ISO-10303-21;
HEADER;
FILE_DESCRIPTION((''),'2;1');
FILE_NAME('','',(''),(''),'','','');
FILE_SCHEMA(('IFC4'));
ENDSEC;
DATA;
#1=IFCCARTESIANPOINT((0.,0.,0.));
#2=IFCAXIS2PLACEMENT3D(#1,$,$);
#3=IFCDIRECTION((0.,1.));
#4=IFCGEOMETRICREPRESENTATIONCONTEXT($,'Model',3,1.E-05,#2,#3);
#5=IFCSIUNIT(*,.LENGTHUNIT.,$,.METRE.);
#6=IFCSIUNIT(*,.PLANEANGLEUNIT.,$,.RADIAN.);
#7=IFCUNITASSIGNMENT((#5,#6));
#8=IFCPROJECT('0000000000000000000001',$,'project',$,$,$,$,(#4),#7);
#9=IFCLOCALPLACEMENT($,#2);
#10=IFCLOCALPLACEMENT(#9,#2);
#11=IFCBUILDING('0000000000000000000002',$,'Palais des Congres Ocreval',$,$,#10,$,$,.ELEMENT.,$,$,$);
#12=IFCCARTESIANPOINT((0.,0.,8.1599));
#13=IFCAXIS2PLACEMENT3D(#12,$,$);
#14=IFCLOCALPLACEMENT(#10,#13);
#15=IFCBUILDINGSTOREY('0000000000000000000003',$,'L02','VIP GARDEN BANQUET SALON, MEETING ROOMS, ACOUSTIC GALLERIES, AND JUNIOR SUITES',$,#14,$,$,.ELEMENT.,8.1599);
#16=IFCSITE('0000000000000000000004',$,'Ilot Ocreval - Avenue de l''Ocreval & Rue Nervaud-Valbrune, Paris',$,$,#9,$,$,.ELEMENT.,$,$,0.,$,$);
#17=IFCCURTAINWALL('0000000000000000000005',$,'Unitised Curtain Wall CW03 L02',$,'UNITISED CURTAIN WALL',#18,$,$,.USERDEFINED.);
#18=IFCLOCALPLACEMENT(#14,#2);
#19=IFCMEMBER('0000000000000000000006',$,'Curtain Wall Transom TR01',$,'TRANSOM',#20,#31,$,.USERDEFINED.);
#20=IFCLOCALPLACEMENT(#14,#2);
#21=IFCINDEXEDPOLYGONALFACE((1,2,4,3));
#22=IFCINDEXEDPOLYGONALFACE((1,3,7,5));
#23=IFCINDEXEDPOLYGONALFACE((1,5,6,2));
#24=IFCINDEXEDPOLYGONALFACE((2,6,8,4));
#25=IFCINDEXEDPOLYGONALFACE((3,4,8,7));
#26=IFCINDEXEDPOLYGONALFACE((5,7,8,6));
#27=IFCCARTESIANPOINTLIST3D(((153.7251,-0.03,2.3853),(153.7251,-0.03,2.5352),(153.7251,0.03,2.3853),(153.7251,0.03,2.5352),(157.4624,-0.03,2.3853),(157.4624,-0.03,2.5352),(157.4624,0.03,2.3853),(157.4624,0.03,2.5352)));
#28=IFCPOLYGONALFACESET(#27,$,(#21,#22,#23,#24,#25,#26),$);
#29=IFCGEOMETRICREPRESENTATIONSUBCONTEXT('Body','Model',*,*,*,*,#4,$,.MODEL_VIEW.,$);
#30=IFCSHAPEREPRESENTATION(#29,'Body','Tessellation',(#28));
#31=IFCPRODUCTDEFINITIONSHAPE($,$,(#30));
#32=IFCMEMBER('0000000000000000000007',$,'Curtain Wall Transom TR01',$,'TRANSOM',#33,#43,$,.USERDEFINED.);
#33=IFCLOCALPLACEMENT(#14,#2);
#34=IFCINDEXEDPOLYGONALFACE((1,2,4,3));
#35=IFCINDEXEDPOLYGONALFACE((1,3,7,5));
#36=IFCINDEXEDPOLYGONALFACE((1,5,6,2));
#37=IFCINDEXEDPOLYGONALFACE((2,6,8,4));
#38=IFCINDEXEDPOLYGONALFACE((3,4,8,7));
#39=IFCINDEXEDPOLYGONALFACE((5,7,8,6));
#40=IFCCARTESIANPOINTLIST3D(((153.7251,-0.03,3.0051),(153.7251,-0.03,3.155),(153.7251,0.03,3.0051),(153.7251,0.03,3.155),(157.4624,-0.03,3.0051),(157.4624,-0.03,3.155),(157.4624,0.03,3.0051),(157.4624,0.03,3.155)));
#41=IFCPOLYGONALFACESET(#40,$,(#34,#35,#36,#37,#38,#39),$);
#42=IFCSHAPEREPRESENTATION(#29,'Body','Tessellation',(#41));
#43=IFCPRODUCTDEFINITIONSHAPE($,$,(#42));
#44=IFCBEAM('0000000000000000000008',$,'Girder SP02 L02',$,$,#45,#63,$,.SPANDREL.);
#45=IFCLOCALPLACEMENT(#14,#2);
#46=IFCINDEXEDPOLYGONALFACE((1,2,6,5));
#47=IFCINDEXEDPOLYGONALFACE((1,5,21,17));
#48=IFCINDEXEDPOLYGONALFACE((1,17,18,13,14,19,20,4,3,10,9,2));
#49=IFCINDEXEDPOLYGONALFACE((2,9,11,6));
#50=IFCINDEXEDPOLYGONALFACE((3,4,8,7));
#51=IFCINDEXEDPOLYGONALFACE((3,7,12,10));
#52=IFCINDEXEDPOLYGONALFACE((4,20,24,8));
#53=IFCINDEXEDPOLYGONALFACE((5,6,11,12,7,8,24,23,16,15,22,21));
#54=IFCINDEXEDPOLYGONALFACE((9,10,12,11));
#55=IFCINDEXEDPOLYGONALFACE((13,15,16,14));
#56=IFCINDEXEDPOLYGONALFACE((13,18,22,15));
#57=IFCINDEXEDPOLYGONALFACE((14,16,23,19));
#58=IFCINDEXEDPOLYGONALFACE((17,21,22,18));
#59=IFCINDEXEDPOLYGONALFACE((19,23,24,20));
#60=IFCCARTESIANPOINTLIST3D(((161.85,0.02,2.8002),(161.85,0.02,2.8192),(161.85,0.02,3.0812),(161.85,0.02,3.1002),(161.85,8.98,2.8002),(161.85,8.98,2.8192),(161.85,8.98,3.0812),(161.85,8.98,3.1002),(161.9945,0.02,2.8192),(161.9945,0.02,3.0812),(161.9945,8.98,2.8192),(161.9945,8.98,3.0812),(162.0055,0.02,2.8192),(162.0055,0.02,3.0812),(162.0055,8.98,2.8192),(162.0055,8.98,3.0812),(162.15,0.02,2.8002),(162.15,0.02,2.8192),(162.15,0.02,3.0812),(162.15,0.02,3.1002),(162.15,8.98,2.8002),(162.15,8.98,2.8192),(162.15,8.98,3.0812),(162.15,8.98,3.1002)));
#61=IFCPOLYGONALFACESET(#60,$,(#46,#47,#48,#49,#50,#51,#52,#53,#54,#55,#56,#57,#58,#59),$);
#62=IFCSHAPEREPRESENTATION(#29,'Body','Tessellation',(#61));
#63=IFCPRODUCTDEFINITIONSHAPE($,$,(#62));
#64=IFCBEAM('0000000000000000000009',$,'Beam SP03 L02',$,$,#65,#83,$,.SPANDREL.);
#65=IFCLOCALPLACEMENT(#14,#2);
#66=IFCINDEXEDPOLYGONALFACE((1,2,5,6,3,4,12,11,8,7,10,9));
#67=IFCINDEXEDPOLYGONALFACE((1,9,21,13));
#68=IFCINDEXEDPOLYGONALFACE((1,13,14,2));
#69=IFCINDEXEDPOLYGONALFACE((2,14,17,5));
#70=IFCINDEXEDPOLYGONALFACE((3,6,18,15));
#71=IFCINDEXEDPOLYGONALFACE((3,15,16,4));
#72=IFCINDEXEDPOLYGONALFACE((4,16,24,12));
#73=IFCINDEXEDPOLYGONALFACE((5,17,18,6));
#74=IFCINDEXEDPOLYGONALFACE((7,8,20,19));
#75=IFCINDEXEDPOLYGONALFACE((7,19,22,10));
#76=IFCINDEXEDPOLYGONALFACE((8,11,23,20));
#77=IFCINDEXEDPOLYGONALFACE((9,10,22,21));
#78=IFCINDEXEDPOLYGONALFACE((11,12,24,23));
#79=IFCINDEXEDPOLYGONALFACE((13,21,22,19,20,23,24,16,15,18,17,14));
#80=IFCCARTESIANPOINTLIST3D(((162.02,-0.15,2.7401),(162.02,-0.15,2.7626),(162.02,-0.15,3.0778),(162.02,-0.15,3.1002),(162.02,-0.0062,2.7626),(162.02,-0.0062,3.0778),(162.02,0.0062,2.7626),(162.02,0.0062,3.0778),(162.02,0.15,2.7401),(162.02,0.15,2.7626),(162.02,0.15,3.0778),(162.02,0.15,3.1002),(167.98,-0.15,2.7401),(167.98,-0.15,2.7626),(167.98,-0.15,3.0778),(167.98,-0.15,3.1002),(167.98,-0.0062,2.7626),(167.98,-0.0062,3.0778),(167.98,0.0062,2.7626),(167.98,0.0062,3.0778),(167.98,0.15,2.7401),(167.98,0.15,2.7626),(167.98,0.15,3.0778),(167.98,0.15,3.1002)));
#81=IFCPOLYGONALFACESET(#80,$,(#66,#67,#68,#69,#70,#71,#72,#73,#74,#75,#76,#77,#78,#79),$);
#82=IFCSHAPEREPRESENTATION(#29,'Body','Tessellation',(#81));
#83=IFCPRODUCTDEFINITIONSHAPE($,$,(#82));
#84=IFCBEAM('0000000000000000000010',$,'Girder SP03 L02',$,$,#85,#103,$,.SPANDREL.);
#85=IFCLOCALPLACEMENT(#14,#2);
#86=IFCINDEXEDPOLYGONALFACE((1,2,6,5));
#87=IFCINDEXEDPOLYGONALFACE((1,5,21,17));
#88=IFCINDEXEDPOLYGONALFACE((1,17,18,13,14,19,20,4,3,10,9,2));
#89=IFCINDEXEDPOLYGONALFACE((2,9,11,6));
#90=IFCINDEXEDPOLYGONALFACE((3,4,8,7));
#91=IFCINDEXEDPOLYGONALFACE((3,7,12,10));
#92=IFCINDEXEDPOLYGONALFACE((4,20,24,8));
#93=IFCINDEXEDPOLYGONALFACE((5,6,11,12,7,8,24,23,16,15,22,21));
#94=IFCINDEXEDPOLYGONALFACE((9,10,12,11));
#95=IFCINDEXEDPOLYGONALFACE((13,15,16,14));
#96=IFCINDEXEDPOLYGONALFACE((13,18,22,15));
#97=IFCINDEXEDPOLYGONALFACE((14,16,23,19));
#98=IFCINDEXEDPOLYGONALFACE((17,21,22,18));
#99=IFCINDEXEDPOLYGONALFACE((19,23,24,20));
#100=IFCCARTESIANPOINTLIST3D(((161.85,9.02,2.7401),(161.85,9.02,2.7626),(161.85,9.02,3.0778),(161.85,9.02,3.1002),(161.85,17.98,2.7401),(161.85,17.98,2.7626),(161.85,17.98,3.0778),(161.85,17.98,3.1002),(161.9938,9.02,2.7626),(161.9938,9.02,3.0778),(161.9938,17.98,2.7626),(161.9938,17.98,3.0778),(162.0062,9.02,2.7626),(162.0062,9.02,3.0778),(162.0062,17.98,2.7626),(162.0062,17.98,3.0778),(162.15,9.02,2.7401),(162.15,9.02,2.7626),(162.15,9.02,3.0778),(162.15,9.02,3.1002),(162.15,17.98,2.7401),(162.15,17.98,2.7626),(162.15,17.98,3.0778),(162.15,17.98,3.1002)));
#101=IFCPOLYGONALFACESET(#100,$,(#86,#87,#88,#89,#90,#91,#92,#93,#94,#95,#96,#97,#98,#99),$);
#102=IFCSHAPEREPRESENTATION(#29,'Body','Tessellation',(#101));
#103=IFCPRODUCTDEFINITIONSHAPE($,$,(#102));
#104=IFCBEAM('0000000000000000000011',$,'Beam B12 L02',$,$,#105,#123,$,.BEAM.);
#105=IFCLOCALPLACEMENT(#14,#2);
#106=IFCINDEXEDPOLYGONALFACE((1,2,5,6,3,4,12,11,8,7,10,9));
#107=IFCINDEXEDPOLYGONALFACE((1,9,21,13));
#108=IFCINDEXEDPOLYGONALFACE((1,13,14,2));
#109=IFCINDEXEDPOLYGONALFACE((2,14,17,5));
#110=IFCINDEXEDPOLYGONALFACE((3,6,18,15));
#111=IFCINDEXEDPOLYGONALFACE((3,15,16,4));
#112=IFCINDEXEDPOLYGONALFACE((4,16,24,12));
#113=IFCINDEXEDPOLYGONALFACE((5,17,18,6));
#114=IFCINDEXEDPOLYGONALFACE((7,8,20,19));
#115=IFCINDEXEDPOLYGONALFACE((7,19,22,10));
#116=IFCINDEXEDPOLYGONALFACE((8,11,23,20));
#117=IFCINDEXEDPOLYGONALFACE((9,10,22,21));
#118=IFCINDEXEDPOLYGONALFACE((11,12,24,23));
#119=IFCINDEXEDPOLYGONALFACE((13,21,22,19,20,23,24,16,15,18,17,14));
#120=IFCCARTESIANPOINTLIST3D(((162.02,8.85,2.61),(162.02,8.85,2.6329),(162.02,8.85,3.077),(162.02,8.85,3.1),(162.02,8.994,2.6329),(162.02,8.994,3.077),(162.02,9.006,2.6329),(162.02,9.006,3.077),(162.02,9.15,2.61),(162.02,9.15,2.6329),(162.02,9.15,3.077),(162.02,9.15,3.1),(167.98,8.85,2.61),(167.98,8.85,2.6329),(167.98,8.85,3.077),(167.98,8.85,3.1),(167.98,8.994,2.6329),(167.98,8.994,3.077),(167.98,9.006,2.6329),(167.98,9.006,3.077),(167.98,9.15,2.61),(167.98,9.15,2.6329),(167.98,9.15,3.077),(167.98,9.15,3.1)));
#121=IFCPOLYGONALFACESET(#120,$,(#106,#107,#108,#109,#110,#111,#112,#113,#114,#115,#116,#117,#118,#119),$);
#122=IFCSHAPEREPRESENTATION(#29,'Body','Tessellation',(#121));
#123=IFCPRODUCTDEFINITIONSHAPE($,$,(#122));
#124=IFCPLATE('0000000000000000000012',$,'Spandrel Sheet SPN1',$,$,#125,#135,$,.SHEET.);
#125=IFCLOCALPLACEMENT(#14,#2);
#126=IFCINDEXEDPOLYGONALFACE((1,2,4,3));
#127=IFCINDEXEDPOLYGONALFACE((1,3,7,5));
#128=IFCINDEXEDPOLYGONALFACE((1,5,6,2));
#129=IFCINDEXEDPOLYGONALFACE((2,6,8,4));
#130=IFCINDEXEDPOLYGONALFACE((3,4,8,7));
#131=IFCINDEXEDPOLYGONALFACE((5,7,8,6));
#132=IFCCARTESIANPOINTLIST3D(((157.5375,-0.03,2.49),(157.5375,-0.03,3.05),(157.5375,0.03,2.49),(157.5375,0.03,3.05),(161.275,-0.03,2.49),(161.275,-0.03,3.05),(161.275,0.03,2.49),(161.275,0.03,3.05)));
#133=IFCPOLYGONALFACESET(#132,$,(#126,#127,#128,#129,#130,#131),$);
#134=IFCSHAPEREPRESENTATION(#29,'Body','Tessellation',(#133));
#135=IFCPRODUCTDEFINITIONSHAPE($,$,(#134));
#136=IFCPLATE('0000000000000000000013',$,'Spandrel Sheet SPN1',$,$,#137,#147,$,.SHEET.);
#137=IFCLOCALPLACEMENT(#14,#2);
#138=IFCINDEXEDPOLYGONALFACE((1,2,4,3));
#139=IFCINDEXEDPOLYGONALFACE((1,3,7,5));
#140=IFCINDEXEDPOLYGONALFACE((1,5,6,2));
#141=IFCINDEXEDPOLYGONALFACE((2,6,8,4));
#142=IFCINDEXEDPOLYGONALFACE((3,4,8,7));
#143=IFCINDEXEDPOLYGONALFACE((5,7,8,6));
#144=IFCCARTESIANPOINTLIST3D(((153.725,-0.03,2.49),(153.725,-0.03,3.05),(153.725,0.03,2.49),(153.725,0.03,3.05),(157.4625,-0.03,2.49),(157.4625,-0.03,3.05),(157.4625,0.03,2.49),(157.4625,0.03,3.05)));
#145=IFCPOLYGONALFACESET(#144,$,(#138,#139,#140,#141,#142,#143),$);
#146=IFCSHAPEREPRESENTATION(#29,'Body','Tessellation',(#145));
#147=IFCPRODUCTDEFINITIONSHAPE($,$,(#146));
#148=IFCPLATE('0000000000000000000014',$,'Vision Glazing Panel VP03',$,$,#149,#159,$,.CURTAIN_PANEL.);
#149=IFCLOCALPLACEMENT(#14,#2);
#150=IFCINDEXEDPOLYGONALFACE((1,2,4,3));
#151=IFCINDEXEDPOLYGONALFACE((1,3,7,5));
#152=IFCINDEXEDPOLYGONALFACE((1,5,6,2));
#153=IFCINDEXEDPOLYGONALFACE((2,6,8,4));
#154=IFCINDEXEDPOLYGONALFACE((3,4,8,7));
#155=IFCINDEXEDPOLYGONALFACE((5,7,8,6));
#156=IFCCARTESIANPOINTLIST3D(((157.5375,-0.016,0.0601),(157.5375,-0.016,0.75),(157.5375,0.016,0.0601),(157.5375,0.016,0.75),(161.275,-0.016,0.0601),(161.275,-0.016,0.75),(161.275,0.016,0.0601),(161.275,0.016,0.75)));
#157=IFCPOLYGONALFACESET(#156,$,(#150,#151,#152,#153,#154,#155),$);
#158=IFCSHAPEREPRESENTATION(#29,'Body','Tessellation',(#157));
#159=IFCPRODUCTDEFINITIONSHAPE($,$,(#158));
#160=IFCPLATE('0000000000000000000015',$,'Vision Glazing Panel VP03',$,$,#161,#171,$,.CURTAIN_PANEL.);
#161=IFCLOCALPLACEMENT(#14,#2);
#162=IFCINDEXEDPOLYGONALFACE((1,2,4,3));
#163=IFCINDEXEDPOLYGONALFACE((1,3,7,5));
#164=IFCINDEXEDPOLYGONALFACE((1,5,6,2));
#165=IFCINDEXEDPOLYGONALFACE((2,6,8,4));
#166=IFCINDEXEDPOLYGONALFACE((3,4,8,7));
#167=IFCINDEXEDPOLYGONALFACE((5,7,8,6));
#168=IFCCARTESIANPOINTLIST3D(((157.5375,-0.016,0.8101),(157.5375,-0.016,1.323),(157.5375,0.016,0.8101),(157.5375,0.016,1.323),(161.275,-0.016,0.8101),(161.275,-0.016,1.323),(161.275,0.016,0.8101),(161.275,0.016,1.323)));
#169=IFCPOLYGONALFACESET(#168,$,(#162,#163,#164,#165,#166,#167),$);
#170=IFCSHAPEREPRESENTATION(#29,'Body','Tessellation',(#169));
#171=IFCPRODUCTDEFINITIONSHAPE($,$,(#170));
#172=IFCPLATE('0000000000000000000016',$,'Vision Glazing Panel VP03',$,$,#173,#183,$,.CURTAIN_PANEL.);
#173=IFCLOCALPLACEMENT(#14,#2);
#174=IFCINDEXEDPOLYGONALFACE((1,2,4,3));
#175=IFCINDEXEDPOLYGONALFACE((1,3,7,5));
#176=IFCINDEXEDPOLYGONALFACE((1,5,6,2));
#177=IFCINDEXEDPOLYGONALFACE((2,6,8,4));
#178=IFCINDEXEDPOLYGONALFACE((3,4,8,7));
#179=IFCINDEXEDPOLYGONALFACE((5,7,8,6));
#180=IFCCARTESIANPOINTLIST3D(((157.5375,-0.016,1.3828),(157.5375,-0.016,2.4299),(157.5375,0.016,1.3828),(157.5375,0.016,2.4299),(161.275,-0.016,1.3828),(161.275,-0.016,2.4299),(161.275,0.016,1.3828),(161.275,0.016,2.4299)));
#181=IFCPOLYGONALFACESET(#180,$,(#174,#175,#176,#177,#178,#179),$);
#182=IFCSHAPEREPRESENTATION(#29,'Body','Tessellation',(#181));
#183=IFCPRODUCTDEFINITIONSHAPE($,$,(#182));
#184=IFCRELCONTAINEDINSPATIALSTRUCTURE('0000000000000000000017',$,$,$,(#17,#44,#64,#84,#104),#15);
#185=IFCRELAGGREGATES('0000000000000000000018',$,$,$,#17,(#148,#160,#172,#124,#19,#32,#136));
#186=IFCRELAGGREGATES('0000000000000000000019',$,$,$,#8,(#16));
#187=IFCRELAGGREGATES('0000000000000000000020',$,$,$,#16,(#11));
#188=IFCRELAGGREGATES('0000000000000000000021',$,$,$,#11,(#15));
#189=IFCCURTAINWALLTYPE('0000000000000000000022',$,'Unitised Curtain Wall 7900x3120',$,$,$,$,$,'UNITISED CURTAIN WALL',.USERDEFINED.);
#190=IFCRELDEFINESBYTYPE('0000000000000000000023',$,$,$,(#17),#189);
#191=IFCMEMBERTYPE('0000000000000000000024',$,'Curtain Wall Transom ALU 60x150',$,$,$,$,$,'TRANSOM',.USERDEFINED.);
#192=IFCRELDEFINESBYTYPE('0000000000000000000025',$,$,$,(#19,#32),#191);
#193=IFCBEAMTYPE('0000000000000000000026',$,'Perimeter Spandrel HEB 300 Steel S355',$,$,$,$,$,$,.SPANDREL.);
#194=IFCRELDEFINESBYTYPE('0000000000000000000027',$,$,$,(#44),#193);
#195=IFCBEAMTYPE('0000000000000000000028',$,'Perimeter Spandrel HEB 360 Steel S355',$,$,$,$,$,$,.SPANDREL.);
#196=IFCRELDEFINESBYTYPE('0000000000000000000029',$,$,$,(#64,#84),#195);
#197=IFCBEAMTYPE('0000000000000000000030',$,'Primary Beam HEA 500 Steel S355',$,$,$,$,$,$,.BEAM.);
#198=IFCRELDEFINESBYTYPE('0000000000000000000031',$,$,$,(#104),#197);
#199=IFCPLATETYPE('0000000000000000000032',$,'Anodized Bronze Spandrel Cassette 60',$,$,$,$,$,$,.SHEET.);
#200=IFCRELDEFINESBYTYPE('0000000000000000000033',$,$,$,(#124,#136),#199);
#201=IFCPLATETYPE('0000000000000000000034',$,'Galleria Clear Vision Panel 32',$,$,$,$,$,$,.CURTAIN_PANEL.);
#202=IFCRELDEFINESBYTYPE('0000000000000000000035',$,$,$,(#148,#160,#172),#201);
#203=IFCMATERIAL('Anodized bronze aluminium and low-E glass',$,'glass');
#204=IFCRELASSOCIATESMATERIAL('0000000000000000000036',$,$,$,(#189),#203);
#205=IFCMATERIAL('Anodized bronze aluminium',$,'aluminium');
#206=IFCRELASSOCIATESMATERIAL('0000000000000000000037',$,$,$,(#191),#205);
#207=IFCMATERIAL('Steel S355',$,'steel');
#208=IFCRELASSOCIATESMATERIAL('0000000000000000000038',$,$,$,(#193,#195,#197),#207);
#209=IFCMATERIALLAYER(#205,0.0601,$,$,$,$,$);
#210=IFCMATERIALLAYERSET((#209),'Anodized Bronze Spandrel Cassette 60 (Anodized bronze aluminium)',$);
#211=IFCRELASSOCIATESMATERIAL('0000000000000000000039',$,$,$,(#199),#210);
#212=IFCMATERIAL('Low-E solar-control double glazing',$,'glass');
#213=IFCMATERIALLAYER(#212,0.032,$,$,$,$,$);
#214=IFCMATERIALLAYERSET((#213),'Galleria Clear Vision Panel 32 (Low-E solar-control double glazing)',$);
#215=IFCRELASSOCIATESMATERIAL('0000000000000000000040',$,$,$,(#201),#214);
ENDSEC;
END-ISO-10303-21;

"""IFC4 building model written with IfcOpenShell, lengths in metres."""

from ifc_helpers import new_model, si_unit, direction, frame, origin, origin_2d, place, context, subcontext, project, spatial, rectangle, i_section, extrude, material, layer, layer_set, material_profile, profile_set, type_object, element, aggregate, save


model = new_model("IFC4")

# Units and contexts
model_context = context("Model", 3, precision=1e-05, world=origin(), true_north=direction((0.0, 1.0)))
body_context = subcontext(model_context, "Body", "Model", "MODEL_VIEW")
ifc_project = project(units=[si_unit("LENGTHUNIT", "METRE"), si_unit("PLANEANGLEUNIT", "RADIAN")], contexts=[model_context])

# Site, building, storey
site_placement = place(None, origin())
site = spatial("IfcSite", under=ifc_project, at=site_placement, Name="Ilot Ocreval - Avenue de l'Ocreval & Rue Nervaud-Valbrune, Paris", CompositionType="ELEMENT", RefElevation=0.0)
building_placement = place(site_placement, origin())
building = spatial("IfcBuilding", under=site, at=building_placement, Name="Palais des Congres Ocreval", CompositionType="ELEMENT")
storey_placement = place(building_placement, frame((0.0, 0.0, 8.1599)))
storey = spatial("IfcBuildingStorey", under=building, at=storey_placement, Name="L02", Description="VIP GARDEN BANQUET SALON, MEETING ROOMS, ACOUSTIC GALLERIES, AND JUNIOR SUITES", CompositionType="ELEMENT", Elevation=8.1599)

# Shared definitions
ifc_material_1 = material(Name="Steel S355", Category="steel")

# Curtain wall, members
ifc_material_2 = material(Name="Anodized bronze aluminium and low-E glass", Category="glass")
curtain_wall_type = type_object("IfcCurtainWallType", Name="Unitised Curtain Wall 7900x3120", ElementType="UNITISED CURTAIN WALL", PredefinedType="USERDEFINED", material=ifc_material_2)
curtain_wall_placement = place(storey_placement, origin())
curtain_wall = element("IfcCurtainWall", 1, at=curtain_wall_placement, inside=storey, type_object=curtain_wall_type, Name="Unitised Curtain Wall CW03 L02", ObjectType="UNITISED CURTAIN WALL", PredefinedType="USERDEFINED")
ifc_material_3 = material(Name="Anodized bronze aluminium", Category="aluminium")
ifc_material_profile_1 = material_profile(ifc_material_3, rectangle(XDim=0.0601, YDim=0.1499, at=origin_2d()), Name="ALU 60x150")
ifc_profile_set_1 = profile_set([ifc_material_profile_1], Name="Anodized bronze aluminium")
member_type_1 = type_object("IfcMemberType", Name="Curtain Wall Transom ALU 60x150", ElementType="TRANSOM", PredefinedType="USERDEFINED", material=ifc_profile_set_1)
member_1_placement = place(storey_placement, frame((157.4624, 0.0, 2.4602), z_axis=(-1.0, 0.0, 0.0), x_axis=(0.0, -1.0, 0.0)))
member_1 = element("IfcMember", 2, at=member_1_placement, type_object=member_type_1, Name="Curtain Wall Transom TR01", ObjectType="TRANSOM", PredefinedType="USERDEFINED", context=body_context, shape_type="SweptSolid", body=[
    extrude(rectangle(XDim=0.0601, YDim=0.1499, at=origin_2d()), origin(), (0.0, 0.0, 1.0), 3.7373),
])
member_2_placement = place(storey_placement, frame((157.4624, 0.0, 3.0801), z_axis=(-1.0, 0.0, 0.0), x_axis=(0.0, -1.0, 0.0)))
member_2 = element("IfcMember", 3, at=member_2_placement, type_object=member_type_1, Name="Curtain Wall Transom TR01", ObjectType="TRANSOM", PredefinedType="USERDEFINED", context=body_context, shape_type="SweptSolid", body=[
    extrude(rectangle(XDim=0.0601, YDim=0.1499, at=origin_2d()), origin(), (0.0, 0.0, 1.0), 3.7373),
])

# Beams
ifc_material_profile_2 = material_profile(ifc_material_1, i_section(OverallWidth=0.3, OverallDepth=0.3, WebThickness=0.011, FlangeThickness=0.019, at=origin_2d()), Name="HEB 300")
ifc_profile_set_2 = profile_set([ifc_material_profile_2], Name="Steel S355")
beam_type_1 = type_object("IfcBeamType", Name="Perimeter Spandrel HEB 300 Steel S355", PredefinedType="SPANDREL", material=ifc_profile_set_2)
beam_1_placement = place(storey_placement, frame((162.0, 0.02, 2.9502), z_axis=(0.0, 1.0, 0.0), x_axis=(-1.0, 0.0, 0.0)))
element("IfcBeam", 4, at=beam_1_placement, inside=storey, type_object=beam_type_1, Name="Girder SP02 L02", PredefinedType="SPANDREL", context=body_context, shape_type="SweptSolid", body=[
    extrude(i_section(OverallWidth=0.3, OverallDepth=0.3, WebThickness=0.011, FlangeThickness=0.019, at=origin_2d()), origin(), (0.0, 0.0, 1.0), 8.96),
])
ifc_material_profile_3 = material_profile(ifc_material_1, i_section(OverallWidth=0.3, OverallDepth=0.3601, WebThickness=0.0125, FlangeThickness=0.0225, at=origin_2d()), Name="HEB 360")
ifc_profile_set_3 = profile_set([ifc_material_profile_3], Name="Steel S355")
beam_type_2 = type_object("IfcBeamType", Name="Perimeter Spandrel HEB 360 Steel S355", PredefinedType="SPANDREL", material=ifc_profile_set_3)
beam_2_placement = place(storey_placement, frame((162.02, 0.0, 2.9202), z_axis=(1.0, 0.0, 0.0), x_axis=(0.0, 1.0, 0.0)))
element("IfcBeam", 5, at=beam_2_placement, inside=storey, type_object=beam_type_2, Name="Beam SP03 L02", PredefinedType="SPANDREL", context=body_context, shape_type="SweptSolid", body=[
    extrude(i_section(OverallWidth=0.3, OverallDepth=0.3601, WebThickness=0.0125, FlangeThickness=0.0225, at=origin_2d()), origin(), (0.0, 0.0, 1.0), 5.96),
])
beam_3_placement = place(storey_placement, frame((162.0, 9.02, 2.9202), z_axis=(0.0, 1.0, 0.0), x_axis=(-1.0, 0.0, 0.0)))
element("IfcBeam", 6, at=beam_3_placement, inside=storey, type_object=beam_type_2, Name="Girder SP03 L02", PredefinedType="SPANDREL", context=body_context, shape_type="SweptSolid", body=[
    extrude(i_section(OverallWidth=0.3, OverallDepth=0.3601, WebThickness=0.0125, FlangeThickness=0.0225, at=origin_2d()), origin(), (0.0, 0.0, 1.0), 8.96),
])
ifc_material_profile_4 = material_profile(ifc_material_1, i_section(OverallWidth=0.3, OverallDepth=0.49, WebThickness=0.012, FlangeThickness=0.0229, at=origin_2d()), Name="HEA 500")
ifc_profile_set_4 = profile_set([ifc_material_profile_4], Name="Steel S355")
beam_type_3 = type_object("IfcBeamType", Name="Primary Beam HEA 500 Steel S355", PredefinedType="BEAM", material=ifc_profile_set_4)
beam_4_placement = place(storey_placement, frame((162.02, 9.0, 2.855), z_axis=(1.0, 0.0, 0.0), x_axis=(0.0, 1.0, 0.0)))
element("IfcBeam", 7, at=beam_4_placement, inside=storey, type_object=beam_type_3, Name="Beam B12 L02", PredefinedType="BEAM", context=body_context, shape_type="SweptSolid", body=[
    extrude(i_section(OverallWidth=0.3, OverallDepth=0.49, WebThickness=0.012, FlangeThickness=0.0229, at=origin_2d()), origin(), (0.0, 0.0, 1.0), 5.96),
])

# Plates
ifc_layer_1 = layer(ifc_material_3, 0.0601)
ifc_layer_set_1 = layer_set([ifc_layer_1], Name="Anodized Bronze Spandrel Cassette 60 (Anodized bronze aluminium)")
plate_type_1 = type_object("IfcPlateType", Name="Anodized Bronze Spandrel Cassette 60", PredefinedType="SHEET", material=ifc_layer_set_1)
plate_1_placement = place(storey_placement, frame((159.4062, 0.0, 2.49), z_axis=(0.0, 0.0, 1.0), x_axis=(-1.0, 0.0, 0.0)))
plate_1 = element("IfcPlate", 8, at=plate_1_placement, type_object=plate_type_1, Name="Spandrel Sheet SPN1", PredefinedType="SHEET", context=body_context, shape_type="SweptSolid", body=[
    extrude(rectangle(XDim=3.7375, YDim=0.0601, at=origin_2d()), origin(), (0.0, 0.0, 1.0), 0.5601),
])
plate_2_placement = place(storey_placement, frame((155.5938, 0.0, 2.49), z_axis=(0.0, 0.0, 1.0), x_axis=(-1.0, 0.0, 0.0)))
plate_2 = element("IfcPlate", 9, at=plate_2_placement, type_object=plate_type_1, Name="Spandrel Sheet SPN1", PredefinedType="SHEET", context=body_context, shape_type="SweptSolid", body=[
    extrude(rectangle(XDim=3.7375, YDim=0.0601, at=origin_2d()), origin(), (0.0, 0.0, 1.0), 0.5601),
])
ifc_material_4 = material(Name="Low-E solar-control double glazing", Category="glass")
ifc_layer_2 = layer(ifc_material_4, 0.032)
ifc_layer_set_2 = layer_set([ifc_layer_2], Name="Galleria Clear Vision Panel 32 (Low-E solar-control double glazing)")
plate_type_2 = type_object("IfcPlateType", Name="Galleria Clear Vision Panel 32", PredefinedType="CURTAIN_PANEL", material=ifc_layer_set_2)
plate_3_placement = place(storey_placement, frame((159.4062, 0.0, 0.0601), z_axis=(0.0, 0.0, 1.0), x_axis=(-1.0, 0.0, 0.0)))
plate_3 = element("IfcPlate", 10, at=plate_3_placement, type_object=plate_type_2, Name="Vision Glazing Panel VP03", PredefinedType="CURTAIN_PANEL", context=body_context, shape_type="SweptSolid", body=[
    extrude(rectangle(XDim=3.7375, YDim=0.032, at=origin_2d()), origin(), (0.0, 0.0, 1.0), 0.6899),
])
plate_4_placement = place(storey_placement, frame((159.4062, 0.0, 0.8101), z_axis=(0.0, 0.0, 1.0), x_axis=(-1.0, 0.0, 0.0)))
plate_4 = element("IfcPlate", 11, at=plate_4_placement, type_object=plate_type_2, Name="Vision Glazing Panel VP03", PredefinedType="CURTAIN_PANEL", context=body_context, shape_type="SweptSolid", body=[
    extrude(rectangle(XDim=3.7375, YDim=0.032, at=origin_2d()), origin(), (0.0, 0.0, 1.0), 0.5129),
])
plate_5_placement = place(storey_placement, frame((159.4062, 0.0, 1.3828), z_axis=(0.0, 0.0, 1.0), x_axis=(-1.0, 0.0, 0.0)))
plate_5 = element("IfcPlate", 12, at=plate_5_placement, type_object=plate_type_2, Name="Vision Glazing Panel VP03", PredefinedType="CURTAIN_PANEL", context=body_context, shape_type="SweptSolid", body=[
    extrude(rectangle(XDim=3.7375, YDim=0.032, at=origin_2d()), origin(), (0.0, 0.0, 1.0), 1.0471),
])
aggregate(curtain_wall, [plate_3, plate_4, plate_5, plate_1, member_1, member_2, plate_2])

save(model, "model.ifc")
